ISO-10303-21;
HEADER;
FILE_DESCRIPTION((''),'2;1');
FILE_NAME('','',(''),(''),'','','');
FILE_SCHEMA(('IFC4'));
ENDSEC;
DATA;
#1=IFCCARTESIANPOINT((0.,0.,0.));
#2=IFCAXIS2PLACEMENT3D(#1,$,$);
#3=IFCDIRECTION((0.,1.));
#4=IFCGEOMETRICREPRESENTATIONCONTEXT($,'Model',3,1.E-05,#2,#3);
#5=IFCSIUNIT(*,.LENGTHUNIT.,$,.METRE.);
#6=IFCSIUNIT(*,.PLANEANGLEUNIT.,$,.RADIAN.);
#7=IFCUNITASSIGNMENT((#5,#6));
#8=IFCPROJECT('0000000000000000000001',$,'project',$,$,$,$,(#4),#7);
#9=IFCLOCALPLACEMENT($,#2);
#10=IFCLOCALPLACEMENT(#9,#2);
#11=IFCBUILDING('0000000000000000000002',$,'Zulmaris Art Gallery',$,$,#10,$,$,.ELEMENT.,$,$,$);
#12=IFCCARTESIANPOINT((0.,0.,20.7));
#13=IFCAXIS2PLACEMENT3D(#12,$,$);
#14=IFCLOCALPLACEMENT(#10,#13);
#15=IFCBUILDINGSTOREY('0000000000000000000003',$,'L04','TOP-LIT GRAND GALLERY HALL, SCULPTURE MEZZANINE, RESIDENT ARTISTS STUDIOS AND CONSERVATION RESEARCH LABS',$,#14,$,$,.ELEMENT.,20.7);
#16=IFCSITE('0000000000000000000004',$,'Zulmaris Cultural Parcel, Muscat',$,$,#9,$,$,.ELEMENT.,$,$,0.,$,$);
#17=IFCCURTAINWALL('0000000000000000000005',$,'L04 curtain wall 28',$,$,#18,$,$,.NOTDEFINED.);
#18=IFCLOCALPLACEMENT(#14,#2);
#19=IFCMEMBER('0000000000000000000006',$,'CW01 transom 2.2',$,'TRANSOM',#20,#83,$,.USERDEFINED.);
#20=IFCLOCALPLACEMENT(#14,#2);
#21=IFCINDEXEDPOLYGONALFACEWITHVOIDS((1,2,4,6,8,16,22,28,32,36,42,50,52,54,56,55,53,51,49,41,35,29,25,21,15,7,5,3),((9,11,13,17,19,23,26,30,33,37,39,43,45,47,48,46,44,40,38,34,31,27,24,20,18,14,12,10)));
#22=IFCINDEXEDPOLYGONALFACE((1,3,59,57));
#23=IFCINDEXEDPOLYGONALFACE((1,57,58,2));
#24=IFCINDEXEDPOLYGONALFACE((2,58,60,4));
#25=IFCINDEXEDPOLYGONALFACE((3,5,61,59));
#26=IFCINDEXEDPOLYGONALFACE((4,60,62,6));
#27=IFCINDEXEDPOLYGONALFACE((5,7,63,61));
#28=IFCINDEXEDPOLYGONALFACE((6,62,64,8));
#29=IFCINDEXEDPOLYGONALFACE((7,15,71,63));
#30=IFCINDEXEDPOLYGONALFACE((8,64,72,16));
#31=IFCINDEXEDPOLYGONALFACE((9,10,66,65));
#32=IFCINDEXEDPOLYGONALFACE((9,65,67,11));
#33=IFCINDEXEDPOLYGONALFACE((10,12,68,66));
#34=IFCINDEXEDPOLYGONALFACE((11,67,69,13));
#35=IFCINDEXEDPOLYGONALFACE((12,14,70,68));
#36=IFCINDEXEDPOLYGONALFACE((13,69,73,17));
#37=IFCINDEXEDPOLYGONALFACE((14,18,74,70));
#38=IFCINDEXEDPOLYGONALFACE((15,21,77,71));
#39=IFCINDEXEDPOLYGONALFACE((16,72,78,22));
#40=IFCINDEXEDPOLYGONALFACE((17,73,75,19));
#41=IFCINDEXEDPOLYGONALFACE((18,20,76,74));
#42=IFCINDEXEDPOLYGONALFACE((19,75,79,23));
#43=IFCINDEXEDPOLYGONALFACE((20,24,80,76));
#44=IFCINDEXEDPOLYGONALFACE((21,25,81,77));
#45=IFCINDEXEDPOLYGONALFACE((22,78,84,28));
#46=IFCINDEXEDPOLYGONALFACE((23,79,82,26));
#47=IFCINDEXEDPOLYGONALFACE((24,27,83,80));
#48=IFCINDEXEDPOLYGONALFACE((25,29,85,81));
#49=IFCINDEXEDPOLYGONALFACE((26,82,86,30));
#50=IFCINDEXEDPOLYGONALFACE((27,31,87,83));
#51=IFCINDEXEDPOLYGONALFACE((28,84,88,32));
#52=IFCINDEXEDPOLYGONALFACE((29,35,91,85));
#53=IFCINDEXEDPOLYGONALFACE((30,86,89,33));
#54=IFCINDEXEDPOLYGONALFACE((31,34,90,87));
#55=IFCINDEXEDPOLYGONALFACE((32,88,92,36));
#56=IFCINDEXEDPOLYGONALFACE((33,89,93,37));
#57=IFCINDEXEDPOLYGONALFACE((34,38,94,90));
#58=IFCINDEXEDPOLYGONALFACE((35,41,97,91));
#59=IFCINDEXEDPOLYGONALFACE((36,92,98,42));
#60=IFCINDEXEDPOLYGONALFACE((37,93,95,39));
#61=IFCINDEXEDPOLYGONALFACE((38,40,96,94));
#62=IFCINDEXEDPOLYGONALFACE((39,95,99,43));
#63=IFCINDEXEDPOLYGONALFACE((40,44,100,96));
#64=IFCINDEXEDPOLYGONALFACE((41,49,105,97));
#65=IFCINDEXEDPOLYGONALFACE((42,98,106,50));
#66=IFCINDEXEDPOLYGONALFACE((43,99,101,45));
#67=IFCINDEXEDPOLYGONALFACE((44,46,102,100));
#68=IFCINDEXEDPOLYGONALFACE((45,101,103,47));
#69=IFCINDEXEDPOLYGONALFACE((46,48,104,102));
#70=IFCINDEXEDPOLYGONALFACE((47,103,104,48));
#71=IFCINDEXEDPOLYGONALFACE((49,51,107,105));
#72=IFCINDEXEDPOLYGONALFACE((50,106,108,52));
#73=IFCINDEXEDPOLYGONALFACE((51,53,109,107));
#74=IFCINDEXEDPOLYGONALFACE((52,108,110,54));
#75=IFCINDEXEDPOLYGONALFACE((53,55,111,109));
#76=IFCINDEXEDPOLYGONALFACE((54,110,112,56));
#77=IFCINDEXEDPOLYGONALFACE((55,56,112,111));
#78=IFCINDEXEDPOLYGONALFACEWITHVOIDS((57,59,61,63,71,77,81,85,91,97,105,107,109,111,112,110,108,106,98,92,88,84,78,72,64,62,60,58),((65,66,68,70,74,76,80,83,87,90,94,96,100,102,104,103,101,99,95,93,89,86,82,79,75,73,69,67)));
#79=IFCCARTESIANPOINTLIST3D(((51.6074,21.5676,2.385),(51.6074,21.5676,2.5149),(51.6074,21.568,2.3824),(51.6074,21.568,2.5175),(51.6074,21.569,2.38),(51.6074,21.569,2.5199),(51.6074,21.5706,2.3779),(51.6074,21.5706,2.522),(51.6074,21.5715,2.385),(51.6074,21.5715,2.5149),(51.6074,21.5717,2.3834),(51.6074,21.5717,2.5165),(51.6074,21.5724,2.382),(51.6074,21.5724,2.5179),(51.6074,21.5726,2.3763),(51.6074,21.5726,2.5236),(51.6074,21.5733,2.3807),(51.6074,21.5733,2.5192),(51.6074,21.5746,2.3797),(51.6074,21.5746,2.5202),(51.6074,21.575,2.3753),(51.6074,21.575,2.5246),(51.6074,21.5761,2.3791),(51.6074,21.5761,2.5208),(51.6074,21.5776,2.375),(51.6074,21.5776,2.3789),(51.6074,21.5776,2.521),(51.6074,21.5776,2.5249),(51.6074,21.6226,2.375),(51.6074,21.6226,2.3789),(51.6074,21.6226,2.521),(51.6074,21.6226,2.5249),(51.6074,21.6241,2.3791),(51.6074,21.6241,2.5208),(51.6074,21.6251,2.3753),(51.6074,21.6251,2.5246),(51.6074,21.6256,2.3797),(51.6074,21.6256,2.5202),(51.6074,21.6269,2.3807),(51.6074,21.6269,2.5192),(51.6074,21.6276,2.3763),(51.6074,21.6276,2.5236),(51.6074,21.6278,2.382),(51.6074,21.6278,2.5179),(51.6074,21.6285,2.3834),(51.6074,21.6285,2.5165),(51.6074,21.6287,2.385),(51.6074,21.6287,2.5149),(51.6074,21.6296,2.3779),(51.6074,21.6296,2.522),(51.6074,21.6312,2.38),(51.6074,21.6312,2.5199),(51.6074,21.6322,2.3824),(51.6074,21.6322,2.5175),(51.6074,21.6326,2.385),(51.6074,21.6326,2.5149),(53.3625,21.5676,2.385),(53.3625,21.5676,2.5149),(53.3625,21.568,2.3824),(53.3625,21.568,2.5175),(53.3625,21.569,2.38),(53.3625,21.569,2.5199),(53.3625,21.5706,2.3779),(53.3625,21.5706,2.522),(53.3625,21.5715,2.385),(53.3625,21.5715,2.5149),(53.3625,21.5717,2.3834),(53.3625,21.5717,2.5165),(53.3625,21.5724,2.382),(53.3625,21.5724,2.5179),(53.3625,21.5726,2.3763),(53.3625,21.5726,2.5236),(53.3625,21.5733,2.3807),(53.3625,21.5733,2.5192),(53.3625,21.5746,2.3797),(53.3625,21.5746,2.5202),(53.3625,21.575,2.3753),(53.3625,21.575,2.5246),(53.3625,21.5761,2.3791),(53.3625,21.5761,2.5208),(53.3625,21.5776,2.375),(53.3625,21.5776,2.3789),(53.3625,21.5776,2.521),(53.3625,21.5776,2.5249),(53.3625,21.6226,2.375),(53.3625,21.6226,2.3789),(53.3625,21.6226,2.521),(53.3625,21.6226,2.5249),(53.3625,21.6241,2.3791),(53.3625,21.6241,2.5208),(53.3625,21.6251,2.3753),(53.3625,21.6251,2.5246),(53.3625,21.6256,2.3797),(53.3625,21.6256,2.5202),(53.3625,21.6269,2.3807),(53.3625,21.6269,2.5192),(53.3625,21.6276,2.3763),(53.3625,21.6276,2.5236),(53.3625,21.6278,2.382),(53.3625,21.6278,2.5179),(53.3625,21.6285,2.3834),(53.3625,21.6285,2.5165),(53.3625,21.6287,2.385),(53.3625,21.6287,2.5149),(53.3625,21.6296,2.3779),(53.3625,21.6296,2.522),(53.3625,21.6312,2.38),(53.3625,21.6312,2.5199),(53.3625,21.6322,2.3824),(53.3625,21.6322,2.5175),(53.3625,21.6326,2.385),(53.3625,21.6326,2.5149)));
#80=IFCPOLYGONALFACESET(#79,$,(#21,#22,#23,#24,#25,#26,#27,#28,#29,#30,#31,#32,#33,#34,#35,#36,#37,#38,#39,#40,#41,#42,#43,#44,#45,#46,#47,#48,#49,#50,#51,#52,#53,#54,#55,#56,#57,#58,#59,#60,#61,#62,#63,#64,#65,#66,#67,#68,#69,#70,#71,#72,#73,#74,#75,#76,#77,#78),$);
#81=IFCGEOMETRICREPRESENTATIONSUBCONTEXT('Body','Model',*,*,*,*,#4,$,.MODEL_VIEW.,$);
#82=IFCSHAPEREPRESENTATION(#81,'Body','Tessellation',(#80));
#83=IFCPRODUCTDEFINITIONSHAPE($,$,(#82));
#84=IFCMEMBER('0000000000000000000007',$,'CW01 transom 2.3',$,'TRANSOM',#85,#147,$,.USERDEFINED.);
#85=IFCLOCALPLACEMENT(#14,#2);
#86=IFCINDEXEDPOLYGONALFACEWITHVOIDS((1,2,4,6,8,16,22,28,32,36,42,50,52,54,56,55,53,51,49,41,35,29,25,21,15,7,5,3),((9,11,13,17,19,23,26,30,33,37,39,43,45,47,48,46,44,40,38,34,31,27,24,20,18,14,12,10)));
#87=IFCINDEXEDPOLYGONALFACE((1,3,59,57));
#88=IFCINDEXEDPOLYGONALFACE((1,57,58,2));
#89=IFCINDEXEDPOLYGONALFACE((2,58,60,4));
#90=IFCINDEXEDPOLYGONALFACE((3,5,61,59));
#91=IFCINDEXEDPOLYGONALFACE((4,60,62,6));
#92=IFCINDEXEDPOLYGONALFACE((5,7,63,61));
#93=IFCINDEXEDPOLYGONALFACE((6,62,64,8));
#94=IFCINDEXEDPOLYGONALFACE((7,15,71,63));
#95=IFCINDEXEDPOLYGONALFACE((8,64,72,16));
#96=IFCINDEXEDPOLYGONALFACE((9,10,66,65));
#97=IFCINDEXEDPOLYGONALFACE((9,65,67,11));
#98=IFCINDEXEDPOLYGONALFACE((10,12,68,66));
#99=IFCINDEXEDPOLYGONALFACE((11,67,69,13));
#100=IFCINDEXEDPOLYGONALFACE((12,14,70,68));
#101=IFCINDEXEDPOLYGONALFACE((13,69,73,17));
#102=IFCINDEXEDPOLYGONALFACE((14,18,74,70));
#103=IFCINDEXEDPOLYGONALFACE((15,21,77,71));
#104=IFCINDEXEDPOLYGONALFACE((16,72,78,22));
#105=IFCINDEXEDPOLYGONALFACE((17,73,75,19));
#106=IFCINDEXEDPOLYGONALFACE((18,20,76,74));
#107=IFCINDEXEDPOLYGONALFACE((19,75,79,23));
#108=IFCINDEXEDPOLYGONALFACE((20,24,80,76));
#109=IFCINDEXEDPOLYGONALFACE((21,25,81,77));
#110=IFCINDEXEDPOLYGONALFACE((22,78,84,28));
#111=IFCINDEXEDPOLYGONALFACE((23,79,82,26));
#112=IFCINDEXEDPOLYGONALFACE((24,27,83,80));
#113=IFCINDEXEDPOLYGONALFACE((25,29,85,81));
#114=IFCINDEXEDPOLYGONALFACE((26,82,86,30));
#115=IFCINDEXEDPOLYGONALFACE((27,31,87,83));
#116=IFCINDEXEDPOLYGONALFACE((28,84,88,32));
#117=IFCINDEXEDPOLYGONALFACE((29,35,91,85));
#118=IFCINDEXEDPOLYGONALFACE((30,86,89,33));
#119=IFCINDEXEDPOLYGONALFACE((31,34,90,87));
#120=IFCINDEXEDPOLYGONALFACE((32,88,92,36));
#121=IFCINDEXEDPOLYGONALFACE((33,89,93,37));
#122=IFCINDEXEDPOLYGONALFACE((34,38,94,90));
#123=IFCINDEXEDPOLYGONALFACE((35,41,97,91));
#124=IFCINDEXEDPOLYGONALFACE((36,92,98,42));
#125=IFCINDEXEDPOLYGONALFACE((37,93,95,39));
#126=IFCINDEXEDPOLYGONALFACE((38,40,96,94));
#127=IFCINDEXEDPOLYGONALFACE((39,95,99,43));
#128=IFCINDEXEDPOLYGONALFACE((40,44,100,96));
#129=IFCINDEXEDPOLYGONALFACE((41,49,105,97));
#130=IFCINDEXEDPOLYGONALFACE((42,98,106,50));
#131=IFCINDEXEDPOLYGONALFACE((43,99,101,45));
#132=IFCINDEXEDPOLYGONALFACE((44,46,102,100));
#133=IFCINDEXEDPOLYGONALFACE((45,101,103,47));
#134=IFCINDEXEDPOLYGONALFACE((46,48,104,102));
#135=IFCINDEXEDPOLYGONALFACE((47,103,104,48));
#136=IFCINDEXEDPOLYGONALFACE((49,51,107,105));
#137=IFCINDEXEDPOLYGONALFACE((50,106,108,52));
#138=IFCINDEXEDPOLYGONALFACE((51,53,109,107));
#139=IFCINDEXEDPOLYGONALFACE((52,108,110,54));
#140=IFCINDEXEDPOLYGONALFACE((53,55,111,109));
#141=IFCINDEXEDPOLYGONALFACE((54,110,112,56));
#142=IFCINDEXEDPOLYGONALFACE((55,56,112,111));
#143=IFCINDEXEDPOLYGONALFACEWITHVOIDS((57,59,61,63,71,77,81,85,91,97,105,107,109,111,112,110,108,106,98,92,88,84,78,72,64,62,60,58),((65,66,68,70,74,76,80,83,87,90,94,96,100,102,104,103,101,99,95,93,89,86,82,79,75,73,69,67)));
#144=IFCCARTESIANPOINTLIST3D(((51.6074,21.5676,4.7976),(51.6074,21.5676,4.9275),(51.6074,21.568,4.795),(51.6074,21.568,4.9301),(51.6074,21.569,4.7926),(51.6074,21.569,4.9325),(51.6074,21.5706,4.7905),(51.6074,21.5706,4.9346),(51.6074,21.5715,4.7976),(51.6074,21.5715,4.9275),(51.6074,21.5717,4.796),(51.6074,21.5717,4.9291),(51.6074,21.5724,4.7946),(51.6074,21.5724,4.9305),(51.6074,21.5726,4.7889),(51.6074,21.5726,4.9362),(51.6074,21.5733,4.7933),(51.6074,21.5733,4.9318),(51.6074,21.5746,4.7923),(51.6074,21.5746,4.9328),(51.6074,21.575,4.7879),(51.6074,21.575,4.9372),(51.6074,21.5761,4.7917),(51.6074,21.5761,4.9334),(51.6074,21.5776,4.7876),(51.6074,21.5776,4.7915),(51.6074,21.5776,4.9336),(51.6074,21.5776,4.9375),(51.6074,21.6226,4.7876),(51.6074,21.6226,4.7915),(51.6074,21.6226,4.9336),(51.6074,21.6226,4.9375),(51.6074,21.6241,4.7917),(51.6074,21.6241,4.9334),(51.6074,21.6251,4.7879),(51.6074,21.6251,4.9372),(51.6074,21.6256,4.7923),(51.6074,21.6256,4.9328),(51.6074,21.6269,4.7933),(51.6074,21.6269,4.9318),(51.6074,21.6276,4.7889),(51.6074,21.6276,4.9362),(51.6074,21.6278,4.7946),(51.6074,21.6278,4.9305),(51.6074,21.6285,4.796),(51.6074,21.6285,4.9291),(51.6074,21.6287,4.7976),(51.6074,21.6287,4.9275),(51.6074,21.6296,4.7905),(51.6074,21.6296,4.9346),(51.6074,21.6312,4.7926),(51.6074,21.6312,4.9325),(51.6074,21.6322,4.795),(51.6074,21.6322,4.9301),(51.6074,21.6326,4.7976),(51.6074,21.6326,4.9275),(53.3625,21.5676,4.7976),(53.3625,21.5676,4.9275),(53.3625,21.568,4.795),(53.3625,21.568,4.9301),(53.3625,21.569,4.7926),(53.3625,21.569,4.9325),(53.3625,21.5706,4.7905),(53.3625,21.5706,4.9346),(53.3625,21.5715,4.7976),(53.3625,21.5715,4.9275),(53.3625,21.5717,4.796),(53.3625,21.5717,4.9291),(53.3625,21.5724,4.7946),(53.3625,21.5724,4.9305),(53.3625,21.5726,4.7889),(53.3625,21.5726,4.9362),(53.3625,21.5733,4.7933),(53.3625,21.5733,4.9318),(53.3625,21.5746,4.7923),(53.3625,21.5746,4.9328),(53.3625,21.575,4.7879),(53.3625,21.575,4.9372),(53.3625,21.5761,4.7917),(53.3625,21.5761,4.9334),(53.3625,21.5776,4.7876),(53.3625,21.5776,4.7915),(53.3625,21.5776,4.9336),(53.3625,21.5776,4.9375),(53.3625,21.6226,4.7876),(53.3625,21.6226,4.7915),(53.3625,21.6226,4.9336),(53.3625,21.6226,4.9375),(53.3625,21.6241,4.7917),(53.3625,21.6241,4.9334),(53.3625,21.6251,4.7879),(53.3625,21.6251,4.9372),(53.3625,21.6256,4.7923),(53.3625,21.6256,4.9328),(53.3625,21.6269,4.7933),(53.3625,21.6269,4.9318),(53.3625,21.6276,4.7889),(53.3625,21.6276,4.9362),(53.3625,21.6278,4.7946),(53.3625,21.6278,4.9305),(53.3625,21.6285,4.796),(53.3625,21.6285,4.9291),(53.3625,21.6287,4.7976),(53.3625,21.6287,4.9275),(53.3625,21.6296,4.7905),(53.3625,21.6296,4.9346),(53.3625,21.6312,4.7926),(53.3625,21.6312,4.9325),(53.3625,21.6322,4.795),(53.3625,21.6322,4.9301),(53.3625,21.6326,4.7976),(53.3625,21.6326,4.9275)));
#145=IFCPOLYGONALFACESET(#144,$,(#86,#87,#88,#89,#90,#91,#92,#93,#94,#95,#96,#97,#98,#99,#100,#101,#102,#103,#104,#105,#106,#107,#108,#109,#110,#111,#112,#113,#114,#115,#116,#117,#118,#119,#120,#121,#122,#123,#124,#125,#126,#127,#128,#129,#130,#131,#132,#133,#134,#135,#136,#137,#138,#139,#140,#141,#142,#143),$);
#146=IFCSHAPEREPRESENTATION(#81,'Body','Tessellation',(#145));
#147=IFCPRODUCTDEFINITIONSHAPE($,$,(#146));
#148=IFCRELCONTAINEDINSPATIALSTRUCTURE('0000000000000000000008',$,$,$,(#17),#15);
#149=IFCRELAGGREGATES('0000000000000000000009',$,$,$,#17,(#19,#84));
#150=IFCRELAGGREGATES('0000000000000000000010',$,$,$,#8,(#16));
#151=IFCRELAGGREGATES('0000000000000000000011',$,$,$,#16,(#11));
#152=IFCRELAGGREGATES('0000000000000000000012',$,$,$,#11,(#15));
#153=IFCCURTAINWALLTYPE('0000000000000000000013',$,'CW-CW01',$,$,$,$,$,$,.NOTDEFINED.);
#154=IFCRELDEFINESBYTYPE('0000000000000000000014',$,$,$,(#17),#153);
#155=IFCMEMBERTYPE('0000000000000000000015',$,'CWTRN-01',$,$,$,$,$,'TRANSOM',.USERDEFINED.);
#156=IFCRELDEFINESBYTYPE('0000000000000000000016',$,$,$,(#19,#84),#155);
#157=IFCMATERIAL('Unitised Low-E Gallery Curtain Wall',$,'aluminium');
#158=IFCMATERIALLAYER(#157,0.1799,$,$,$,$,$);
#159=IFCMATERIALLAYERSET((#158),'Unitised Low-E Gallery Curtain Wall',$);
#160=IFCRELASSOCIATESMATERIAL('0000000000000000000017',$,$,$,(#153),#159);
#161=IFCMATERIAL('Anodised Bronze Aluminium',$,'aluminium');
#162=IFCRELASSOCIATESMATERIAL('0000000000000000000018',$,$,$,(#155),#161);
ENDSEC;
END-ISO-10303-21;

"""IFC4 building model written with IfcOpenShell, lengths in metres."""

from ifc_helpers import new_model, si_unit, direction, frame, origin, origin_2d, place, context, subcontext, project, spatial, hollow_rectangle, extrude, material, layer, layer_set, material_profile, profile_set, type_object, element, aggregate, save


model = new_model("IFC4")

# Units and contexts
model_context = context("Model", 3, precision=1e-05, world=origin(), true_north=direction((0.0, 1.0)))
body_context = subcontext(model_context, "Body", "Model", "MODEL_VIEW")
ifc_project = project(units=[si_unit("LENGTHUNIT", "METRE"), si_unit("PLANEANGLEUNIT", "RADIAN")], contexts=[model_context])

# Site, building, storey
site_placement = place(None, origin())
site = spatial("IfcSite", under=ifc_project, at=site_placement, Name="Zulmaris Cultural Parcel, Muscat", CompositionType="ELEMENT", RefElevation=0.0)
building_placement = place(site_placement, origin())
building = spatial("IfcBuilding", under=site, at=building_placement, Name="Zulmaris Art Gallery", CompositionType="ELEMENT")
storey_placement = place(building_placement, frame((0.0, 0.0, 20.7)))
storey = spatial("IfcBuildingStorey", under=building, at=storey_placement, Name="L04", Description="TOP-LIT GRAND GALLERY HALL, SCULPTURE MEZZANINE, RESIDENT ARTISTS STUDIOS AND CONSERVATION RESEARCH LABS", CompositionType="ELEMENT", Elevation=20.7)

# Curtain wall
ifc_material_1 = material(Name="Unitised Low-E Gallery Curtain Wall", Category="aluminium")
ifc_layer_1 = layer(ifc_material_1, 0.1799)
ifc_layer_set_1 = layer_set([ifc_layer_1], Name="Unitised Low-E Gallery Curtain Wall")
curtain_wall_type_1 = type_object("IfcCurtainWallType", Name="CW-CW01", PredefinedType="NOTDEFINED", material=ifc_layer_set_1)
curtain_wall_1_placement = place(storey_placement, origin())
curtain_wall_1 = element("IfcCurtainWall", 1, at=curtain_wall_1_placement, inside=storey, type_object=curtain_wall_type_1, Name="L04 curtain wall 28", PredefinedType="NOTDEFINED")
ifc_material_2 = material(Name="Anodised Bronze Aluminium", Category="aluminium")

# Members
ifc_material_profile_1 = material_profile(ifc_material_2, hollow_rectangle(XDim=0.0649, YDim=0.1499, WallThickness=0.0039, InnerFilletRadius=0.0061, OuterFilletRadius=0.01, at=origin_2d()), Name="ALU 65x150x4")
ifc_profile_set_1 = profile_set([ifc_material_profile_1], Name="Anodised Bronze Aluminium")
member_type_1 = type_object("IfcMemberType", Name="CWTRN-01", ElementType="TRANSOM", PredefinedType="USERDEFINED", material=ifc_profile_set_1)
member_1_placement = place(storey_placement, frame((51.6074, 21.6001, 2.45), z_axis=(1.0, 0.0, 0.0), x_axis=(0.0, 1.0, 0.0)))
member_1 = element("IfcMember", 2, at=member_1_placement, type_object=member_type_1, Name="CW01 transom 2.2", ObjectType="TRANSOM", PredefinedType="USERDEFINED", context=body_context, shape_type="SweptSolid", body=[
    extrude(hollow_rectangle(XDim=0.0649, YDim=0.1499, WallThickness=0.0039, InnerFilletRadius=0.0061, OuterFilletRadius=0.01, at=origin_2d()), origin(), (0.0, 0.0, 1.0), 1.7551),
])
member_2_placement = place(storey_placement, frame((51.6074, 21.6001, 4.8625), z_axis=(1.0, 0.0, 0.0), x_axis=(0.0, 1.0, 0.0)))
member_2 = element("IfcMember", 3, at=member_2_placement, type_object=member_type_1, Name="CW01 transom 2.3", ObjectType="TRANSOM", PredefinedType="USERDEFINED", context=body_context, shape_type="SweptSolid", body=[
    extrude(hollow_rectangle(XDim=0.0649, YDim=0.1499, WallThickness=0.0039, InnerFilletRadius=0.0061, OuterFilletRadius=0.01, at=origin_2d()), origin(), (0.0, 0.0, 1.0), 1.7551),
])

aggregate(curtain_wall_1, [member_1, member_2])

save(model, "model.ifc")
